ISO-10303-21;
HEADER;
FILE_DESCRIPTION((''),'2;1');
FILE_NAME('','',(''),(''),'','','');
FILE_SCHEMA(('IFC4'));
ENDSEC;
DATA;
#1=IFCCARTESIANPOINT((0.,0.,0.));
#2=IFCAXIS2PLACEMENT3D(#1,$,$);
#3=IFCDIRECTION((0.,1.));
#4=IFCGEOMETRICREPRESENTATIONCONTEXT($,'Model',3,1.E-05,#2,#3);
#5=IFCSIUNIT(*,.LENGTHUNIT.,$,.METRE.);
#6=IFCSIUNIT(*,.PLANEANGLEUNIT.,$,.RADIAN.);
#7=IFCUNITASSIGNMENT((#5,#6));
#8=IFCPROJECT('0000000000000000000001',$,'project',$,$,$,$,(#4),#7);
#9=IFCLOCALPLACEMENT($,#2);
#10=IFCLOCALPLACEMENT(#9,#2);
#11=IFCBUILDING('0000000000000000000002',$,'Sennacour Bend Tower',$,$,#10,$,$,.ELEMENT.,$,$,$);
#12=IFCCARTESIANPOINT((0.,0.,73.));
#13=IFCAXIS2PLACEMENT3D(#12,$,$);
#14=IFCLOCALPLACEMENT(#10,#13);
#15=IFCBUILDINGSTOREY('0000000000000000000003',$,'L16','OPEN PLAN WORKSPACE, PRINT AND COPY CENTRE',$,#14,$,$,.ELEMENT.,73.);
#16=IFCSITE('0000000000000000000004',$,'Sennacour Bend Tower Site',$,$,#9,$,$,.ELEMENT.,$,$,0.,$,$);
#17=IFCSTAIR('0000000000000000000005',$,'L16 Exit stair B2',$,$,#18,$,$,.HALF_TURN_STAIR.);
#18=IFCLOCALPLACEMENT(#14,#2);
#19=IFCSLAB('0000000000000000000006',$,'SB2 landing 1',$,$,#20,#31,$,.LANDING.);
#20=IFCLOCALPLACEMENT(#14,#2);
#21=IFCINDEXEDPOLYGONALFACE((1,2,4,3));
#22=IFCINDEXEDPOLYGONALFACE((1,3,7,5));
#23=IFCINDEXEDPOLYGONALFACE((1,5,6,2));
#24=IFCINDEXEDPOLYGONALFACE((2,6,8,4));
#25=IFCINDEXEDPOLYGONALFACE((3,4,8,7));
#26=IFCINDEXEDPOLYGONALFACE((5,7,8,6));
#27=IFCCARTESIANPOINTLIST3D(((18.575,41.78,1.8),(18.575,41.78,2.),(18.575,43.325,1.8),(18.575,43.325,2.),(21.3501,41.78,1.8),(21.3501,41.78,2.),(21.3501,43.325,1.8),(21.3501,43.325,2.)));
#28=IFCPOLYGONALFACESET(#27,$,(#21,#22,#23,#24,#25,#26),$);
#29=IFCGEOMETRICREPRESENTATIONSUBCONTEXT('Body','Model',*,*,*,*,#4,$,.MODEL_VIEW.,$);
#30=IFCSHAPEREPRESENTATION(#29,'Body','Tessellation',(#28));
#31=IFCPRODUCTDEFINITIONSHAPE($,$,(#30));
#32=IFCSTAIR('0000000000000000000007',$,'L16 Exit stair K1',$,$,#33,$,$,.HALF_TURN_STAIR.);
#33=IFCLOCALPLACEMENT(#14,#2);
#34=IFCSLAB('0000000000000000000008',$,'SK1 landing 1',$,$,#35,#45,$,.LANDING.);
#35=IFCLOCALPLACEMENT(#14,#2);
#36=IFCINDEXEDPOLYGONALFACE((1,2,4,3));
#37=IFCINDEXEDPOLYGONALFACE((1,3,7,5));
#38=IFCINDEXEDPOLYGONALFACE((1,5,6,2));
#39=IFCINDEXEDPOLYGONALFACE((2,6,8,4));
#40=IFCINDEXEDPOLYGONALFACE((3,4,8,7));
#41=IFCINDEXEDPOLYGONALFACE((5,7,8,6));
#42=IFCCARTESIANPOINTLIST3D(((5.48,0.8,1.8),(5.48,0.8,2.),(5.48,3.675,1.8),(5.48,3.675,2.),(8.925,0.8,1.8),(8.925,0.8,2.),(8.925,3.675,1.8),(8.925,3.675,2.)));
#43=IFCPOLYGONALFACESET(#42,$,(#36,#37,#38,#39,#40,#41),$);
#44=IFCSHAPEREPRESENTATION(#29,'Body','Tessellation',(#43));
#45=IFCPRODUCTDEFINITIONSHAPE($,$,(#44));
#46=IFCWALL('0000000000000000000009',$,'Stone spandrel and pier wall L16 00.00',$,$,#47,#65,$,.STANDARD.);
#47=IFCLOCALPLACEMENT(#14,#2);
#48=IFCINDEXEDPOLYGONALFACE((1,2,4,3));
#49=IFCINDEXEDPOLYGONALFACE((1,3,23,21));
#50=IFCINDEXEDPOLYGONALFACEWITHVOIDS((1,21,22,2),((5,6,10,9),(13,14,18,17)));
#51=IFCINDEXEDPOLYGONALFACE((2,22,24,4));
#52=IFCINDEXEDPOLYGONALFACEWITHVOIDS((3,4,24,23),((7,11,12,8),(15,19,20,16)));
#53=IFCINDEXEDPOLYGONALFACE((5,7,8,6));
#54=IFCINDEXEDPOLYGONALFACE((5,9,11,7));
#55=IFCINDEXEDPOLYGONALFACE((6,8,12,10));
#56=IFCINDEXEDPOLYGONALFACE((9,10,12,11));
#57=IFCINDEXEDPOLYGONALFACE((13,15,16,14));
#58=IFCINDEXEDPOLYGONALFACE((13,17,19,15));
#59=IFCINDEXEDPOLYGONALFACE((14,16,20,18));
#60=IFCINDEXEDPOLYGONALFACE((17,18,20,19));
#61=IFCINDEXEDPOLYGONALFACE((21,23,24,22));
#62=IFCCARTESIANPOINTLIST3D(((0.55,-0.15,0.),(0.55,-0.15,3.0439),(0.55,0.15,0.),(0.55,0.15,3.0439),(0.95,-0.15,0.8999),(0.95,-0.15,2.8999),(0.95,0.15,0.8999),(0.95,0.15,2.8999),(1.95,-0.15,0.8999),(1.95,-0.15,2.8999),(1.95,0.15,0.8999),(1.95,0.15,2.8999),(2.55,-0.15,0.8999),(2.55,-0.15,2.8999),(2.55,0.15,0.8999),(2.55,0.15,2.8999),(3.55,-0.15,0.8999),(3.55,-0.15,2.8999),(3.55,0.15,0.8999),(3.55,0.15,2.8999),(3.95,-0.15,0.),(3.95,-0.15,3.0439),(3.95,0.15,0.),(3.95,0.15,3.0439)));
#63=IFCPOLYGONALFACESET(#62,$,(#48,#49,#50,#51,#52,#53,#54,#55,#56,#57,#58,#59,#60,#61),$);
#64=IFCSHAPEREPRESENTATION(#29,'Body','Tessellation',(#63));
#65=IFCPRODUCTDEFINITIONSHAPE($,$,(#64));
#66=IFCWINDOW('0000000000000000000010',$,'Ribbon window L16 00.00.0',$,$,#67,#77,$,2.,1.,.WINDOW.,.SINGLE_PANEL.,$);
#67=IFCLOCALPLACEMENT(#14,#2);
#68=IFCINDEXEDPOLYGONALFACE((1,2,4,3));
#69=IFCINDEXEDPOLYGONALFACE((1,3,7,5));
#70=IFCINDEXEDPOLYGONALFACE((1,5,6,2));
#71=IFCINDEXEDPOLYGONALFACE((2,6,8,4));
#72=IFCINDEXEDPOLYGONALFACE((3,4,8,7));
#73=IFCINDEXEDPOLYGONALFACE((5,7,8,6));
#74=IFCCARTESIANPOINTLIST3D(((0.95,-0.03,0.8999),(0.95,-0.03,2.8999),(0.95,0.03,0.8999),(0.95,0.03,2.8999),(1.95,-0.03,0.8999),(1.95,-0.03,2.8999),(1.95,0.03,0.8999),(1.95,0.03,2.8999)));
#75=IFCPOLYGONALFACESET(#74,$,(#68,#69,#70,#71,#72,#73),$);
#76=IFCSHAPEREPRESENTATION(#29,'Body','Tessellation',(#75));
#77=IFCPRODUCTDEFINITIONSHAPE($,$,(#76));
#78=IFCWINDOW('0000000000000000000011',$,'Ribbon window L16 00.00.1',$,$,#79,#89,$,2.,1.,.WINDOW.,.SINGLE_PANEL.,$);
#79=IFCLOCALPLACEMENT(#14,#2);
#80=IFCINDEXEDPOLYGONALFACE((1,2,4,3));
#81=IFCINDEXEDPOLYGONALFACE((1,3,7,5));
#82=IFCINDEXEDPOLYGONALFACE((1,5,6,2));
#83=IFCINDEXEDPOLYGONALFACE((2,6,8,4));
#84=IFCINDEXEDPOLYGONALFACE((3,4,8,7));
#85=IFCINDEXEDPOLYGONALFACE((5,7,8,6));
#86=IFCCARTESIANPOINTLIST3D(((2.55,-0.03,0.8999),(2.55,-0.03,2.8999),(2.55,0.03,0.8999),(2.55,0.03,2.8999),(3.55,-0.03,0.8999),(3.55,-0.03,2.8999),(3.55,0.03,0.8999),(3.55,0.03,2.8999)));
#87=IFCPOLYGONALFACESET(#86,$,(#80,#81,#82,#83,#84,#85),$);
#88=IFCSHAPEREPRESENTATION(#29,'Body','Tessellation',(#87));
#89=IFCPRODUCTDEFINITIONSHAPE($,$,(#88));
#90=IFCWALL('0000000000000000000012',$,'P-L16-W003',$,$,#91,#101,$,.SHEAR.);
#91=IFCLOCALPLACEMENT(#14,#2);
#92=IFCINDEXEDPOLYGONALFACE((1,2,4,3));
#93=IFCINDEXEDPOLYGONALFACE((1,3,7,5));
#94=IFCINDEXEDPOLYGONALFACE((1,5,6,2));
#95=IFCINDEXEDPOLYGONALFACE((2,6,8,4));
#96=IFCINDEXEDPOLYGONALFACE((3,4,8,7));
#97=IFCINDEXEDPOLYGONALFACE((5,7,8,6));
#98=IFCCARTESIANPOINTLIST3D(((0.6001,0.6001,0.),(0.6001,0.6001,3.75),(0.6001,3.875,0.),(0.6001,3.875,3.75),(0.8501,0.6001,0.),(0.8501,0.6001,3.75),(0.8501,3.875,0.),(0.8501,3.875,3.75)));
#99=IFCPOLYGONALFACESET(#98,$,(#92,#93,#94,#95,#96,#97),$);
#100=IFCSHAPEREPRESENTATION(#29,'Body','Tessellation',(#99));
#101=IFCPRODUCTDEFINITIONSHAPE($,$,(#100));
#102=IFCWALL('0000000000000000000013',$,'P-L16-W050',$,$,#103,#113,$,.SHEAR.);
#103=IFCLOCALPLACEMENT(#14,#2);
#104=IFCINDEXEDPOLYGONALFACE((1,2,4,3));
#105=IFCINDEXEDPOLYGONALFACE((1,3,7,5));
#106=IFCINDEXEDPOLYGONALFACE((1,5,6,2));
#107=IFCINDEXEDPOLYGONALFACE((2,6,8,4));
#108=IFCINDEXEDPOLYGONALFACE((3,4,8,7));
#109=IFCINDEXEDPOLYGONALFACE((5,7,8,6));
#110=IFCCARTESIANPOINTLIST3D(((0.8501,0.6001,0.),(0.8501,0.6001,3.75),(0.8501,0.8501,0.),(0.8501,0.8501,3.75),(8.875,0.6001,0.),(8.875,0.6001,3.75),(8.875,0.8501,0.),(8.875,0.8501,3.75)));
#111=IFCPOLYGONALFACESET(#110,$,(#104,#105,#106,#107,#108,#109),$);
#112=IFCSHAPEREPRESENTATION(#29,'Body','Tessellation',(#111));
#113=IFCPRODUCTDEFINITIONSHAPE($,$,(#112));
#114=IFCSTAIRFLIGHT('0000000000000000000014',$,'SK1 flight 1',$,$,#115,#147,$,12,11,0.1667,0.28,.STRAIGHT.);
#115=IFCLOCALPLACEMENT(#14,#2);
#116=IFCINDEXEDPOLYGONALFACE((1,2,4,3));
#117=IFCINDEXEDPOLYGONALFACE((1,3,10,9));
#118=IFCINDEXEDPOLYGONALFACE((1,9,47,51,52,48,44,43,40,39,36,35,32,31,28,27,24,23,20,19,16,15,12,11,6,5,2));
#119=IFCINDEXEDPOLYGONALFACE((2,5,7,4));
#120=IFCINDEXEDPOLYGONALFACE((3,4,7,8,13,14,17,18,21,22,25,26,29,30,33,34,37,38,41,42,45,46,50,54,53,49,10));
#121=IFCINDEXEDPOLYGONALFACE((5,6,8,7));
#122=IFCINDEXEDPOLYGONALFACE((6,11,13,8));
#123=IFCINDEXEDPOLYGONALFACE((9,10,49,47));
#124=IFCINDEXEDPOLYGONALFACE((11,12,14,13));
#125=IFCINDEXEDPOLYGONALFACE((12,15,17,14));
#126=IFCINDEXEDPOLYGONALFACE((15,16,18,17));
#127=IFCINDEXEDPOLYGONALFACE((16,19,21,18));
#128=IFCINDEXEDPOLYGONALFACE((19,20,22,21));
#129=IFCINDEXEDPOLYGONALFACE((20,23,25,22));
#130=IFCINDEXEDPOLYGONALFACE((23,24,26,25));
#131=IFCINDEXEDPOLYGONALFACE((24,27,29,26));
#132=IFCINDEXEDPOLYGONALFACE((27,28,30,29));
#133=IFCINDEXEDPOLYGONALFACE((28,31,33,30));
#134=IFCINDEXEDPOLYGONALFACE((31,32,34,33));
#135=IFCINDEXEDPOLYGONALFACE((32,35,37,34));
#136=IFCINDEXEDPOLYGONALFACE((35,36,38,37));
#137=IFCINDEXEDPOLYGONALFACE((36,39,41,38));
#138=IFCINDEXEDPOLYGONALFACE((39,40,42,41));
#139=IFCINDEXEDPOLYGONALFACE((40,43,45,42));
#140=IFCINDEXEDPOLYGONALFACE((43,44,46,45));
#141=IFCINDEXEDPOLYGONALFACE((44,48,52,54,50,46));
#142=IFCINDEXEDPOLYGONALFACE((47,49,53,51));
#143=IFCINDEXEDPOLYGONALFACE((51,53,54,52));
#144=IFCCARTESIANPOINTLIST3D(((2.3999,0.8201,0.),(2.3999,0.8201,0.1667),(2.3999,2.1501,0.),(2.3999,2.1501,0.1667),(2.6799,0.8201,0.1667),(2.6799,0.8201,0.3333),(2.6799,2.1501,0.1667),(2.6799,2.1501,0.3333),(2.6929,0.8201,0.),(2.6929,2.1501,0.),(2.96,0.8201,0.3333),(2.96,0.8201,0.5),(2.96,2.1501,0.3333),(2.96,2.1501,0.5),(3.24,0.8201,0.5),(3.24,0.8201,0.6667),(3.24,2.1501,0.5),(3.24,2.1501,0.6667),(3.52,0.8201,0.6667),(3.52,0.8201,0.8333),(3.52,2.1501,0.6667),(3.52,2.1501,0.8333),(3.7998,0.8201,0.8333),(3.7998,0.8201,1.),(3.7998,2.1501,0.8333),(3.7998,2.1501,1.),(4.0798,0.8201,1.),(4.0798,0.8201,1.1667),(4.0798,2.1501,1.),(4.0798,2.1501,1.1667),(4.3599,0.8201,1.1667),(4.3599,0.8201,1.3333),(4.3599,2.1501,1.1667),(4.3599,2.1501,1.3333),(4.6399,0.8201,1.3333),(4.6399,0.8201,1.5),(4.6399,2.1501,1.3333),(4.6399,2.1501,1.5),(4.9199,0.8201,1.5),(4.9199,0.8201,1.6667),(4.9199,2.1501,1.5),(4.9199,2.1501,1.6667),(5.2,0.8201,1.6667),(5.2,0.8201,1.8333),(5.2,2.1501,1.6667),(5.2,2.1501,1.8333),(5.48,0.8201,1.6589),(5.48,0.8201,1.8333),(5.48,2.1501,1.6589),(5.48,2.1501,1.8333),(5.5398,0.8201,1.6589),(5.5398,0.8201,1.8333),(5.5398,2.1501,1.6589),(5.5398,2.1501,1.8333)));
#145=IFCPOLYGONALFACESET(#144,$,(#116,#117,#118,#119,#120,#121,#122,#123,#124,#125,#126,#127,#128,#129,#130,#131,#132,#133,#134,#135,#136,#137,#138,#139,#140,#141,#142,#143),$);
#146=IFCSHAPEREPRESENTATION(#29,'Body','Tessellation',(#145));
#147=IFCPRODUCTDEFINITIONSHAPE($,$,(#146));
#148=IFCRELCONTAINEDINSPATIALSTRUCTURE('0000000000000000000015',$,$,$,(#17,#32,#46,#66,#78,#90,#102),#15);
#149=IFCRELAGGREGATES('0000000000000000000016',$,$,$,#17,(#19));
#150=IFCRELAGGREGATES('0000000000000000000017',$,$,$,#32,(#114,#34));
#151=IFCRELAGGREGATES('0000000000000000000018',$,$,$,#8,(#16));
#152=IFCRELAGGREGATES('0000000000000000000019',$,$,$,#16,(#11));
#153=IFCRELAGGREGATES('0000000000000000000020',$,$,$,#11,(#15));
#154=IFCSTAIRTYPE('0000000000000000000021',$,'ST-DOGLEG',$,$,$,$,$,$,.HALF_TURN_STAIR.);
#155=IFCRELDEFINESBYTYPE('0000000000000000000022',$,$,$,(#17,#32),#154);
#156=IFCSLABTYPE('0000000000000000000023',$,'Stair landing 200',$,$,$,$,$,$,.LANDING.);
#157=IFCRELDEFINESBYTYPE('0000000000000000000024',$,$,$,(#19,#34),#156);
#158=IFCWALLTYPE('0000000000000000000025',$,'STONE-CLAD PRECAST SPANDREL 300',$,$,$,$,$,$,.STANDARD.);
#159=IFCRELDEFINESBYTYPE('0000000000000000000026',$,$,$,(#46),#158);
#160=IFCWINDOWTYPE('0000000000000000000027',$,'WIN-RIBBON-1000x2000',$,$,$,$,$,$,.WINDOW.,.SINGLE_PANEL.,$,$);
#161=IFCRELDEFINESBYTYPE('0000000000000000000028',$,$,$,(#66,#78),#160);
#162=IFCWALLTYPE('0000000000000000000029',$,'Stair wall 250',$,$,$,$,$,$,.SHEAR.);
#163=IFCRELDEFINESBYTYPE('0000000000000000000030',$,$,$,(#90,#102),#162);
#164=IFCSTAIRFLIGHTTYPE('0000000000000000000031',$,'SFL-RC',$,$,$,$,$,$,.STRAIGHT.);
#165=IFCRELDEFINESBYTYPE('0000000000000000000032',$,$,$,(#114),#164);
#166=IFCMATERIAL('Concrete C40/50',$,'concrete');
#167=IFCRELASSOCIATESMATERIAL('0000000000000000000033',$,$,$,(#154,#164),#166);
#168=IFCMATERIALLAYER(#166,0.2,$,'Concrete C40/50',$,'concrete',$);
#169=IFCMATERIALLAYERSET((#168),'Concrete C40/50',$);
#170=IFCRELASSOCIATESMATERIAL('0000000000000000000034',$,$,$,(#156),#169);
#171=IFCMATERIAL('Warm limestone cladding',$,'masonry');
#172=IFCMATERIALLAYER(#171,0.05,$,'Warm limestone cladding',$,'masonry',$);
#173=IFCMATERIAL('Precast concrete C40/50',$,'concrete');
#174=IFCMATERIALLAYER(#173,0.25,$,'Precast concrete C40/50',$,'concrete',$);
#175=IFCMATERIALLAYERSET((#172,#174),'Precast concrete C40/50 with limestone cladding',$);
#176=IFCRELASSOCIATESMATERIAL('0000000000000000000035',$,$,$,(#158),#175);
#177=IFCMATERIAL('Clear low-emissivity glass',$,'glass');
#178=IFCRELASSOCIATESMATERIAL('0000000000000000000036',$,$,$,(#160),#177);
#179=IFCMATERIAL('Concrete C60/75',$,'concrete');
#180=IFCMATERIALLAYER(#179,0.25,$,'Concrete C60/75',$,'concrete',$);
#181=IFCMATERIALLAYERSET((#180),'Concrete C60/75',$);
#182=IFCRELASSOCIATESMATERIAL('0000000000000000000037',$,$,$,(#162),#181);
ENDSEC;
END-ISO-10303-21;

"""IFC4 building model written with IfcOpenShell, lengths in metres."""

from ifc_helpers import new_model, si_unit, direction, frame, frame_2d, origin, place, context, subcontext, project, spatial, polyline, rectangle, outline, extrude, material, layer, layer_set, type_object, element, fill, aggregate, save


model = new_model("IFC4")

# Units and contexts
model_context = context("Model", 3, precision=1e-05, world=origin(), true_north=direction((0.0, 1.0)))
body_context = subcontext(model_context, "Body", "Model", "MODEL_VIEW")
ifc_project = project(units=[si_unit("LENGTHUNIT", "METRE"), si_unit("PLANEANGLEUNIT", "RADIAN")], contexts=[model_context])

# Site, building, storey
site_placement = place(None, origin())
site = spatial("IfcSite", under=ifc_project, at=site_placement, Name="Sennacour Bend Tower Site", CompositionType="ELEMENT", RefElevation=0.0)
building_placement = place(site_placement, origin())
building = spatial("IfcBuilding", under=site, at=building_placement, Name="Sennacour Bend Tower", CompositionType="ELEMENT")
storey_placement = place(building_placement, frame((0.0, 0.0, 73.0)))
storey = spatial("IfcBuildingStorey", under=building, at=storey_placement, Name="L16", Description="OPEN PLAN WORKSPACE, PRINT AND COPY CENTRE", CompositionType="ELEMENT", Elevation=73.0)

# Stairs, slabs
ifc_material_1 = material(Name="Concrete C40/50", Category="concrete")
stair_type = type_object("IfcStairType", Name="ST-DOGLEG", PredefinedType="HALF_TURN_STAIR", material=ifc_material_1)
ifc_layer_1 = layer(ifc_material_1, 0.2, Name="Concrete C40/50", Category="concrete")
ifc_layer_set_1 = layer_set([ifc_layer_1], Name="Concrete C40/50")
slab_type_1 = type_object("IfcSlabType", Name="Stair landing 200", PredefinedType="LANDING", material=ifc_layer_set_1)
stair_1_placement = place(storey_placement, origin())
stair_1 = element("IfcStair", 1, at=stair_1_placement, inside=storey, type_object=stair_type, Name="L16 Exit stair B2", PredefinedType="HALF_TURN_STAIR")
slab_1_placement = place(storey_placement, frame((0.0, 0.0, 1.8)))
slab_1 = element("IfcSlab", 2, at=slab_1_placement, type_object=slab_type_1, Name="SB2 landing 1", PredefinedType="LANDING", context=body_context, shape_type="SweptSolid", body=[
    extrude(outline(polyline([(18.575, 41.78), (21.3501, 41.78), (21.3501, 43.325), (18.575, 43.325), (18.575, 41.78)])), origin(), (0.0, 0.0, 1.0), 0.2),
])
aggregate(stair_1, [slab_1])
stair_2_placement = place(storey_placement, origin())
stair_2 = element("IfcStair", 3, at=stair_2_placement, inside=storey, type_object=stair_type, Name="L16 Exit stair K1", PredefinedType="HALF_TURN_STAIR")
slab_2_placement = place(storey_placement, frame((0.0, 0.0, 1.8)))
slab_2 = element("IfcSlab", 4, at=slab_2_placement, type_object=slab_type_1, Name="SK1 landing 1", PredefinedType="LANDING", context=body_context, shape_type="SweptSolid", body=[
    extrude(outline(polyline([(5.48, 0.8), (8.925, 0.8), (8.925, 3.675), (5.48, 3.675), (5.48, 0.8)])), origin(), (0.0, 0.0, 1.0), 0.2),
])

# Wall, openings, windows
ifc_material_2 = material(Name="Warm limestone cladding", Category="masonry")
ifc_layer_2 = layer(ifc_material_2, 0.05, Name="Warm limestone cladding", Category="masonry")
ifc_material_3 = material(Name="Precast concrete C40/50", Category="concrete")
ifc_layer_3 = layer(ifc_material_3, 0.25, Name="Precast concrete C40/50", Category="concrete")
ifc_layer_set_2 = layer_set([ifc_layer_2, ifc_layer_3], Name="Precast concrete C40/50 with limestone cladding")
wall_type_1 = type_object("IfcWallType", Name="STONE-CLAD PRECAST SPANDREL 300", PredefinedType="STANDARD", material=ifc_layer_set_2)
wall_1_placement = place(storey_placement, frame((0.55, 0.0, 0.0), z_axis=(0.0, 0.0, 1.0), x_axis=(1.0, 0.0, 0.0)))
wall_1 = element("IfcWall", 5, at=wall_1_placement, inside=storey, type_object=wall_type_1, Name="Stone spandrel and pier wall L16 00.00", PredefinedType="STANDARD", context=body_context, shape_type="SweptSolid", body=[
    extrude(rectangle(XDim=3.3999, YDim=0.3, at=frame_2d((1.7, 0.0))), origin(), (0.0, 0.0, 1.0), 3.0439),
])
opening_1_placement = place(wall_1_placement, frame((0.3999, 0.0, 0.8999)))
opening_1 = element("IfcOpeningElement", 6, at=opening_1_placement, cuts=wall_1, PredefinedType="OPENING", context=body_context, shape_type="SweptSolid", body=[
    extrude(rectangle(XDim=1.0, YDim=2.0, at=frame_2d((0.5, 1.0))), frame((0.0, 0.1602, 0.0), z_axis=(0.0, -1.0, 0.0), x_axis=(1.0, 0.0, 0.0)), (0.0, 0.0, 1.0), 0.3201),
])
opening_2_placement = place(wall_1_placement, frame((2.0, 0.0, 0.8999)))
opening_2 = element("IfcOpeningElement", 7, at=opening_2_placement, cuts=wall_1, PredefinedType="OPENING", context=body_context, shape_type="SweptSolid", body=[
    extrude(rectangle(XDim=1.0, YDim=2.0, at=frame_2d((0.5, 1.0))), frame((0.0, 0.1602, 0.0), z_axis=(0.0, -1.0, 0.0), x_axis=(1.0, 0.0, 0.0)), (0.0, 0.0, 1.0), 0.3201),
])
ifc_material_4 = material(Name="Clear low-emissivity glass", Category="glass")
window_type = type_object("IfcWindowType", Name="WIN-RIBBON-1000x2000", PartitioningType="SINGLE_PANEL", PredefinedType="WINDOW", material=ifc_material_4)
window_1_placement = place(opening_1_placement, origin())
window_1 = element("IfcWindow", 8, at=window_1_placement, inside=storey, type_object=window_type, Name="Ribbon window L16 00.00.0", OverallHeight=2.0, OverallWidth=1.0, PartitioningType="SINGLE_PANEL", PredefinedType="WINDOW", context=body_context, shape_type="SweptSolid", body=[
    extrude(rectangle(XDim=1.0, YDim=2.0, at=frame_2d((0.5, 1.0))), frame((0.0, 0.03, 0.0), z_axis=(0.0, -1.0, 0.0), x_axis=(1.0, 0.0, 0.0)), (0.0, 0.0, 1.0), 0.0601),
])
fill(opening_1, window_1)
window_2_placement = place(opening_2_placement, origin())
window_2 = element("IfcWindow", 9, at=window_2_placement, inside=storey, type_object=window_type, Name="Ribbon window L16 00.00.1", OverallHeight=2.0, OverallWidth=1.0, PartitioningType="SINGLE_PANEL", PredefinedType="WINDOW", context=body_context, shape_type="SweptSolid", body=[
    extrude(rectangle(XDim=1.0, YDim=2.0, at=frame_2d((0.5, 1.0))), frame((0.0, 0.03, 0.0), z_axis=(0.0, -1.0, 0.0), x_axis=(1.0, 0.0, 0.0)), (0.0, 0.0, 1.0), 0.0601),
])
fill(opening_2, window_2)

# Walls
ifc_material_5 = material(Name="Concrete C60/75", Category="concrete")
ifc_layer_4 = layer(ifc_material_5, 0.25, Name="Concrete C60/75", Category="concrete")
ifc_layer_set_3 = layer_set([ifc_layer_4], Name="Concrete C60/75")
wall_type_2 = type_object("IfcWallType", Name="Stair wall 250", PredefinedType="SHEAR", material=ifc_layer_set_3)
wall_2_placement = place(storey_placement, frame((0.7251, 0.6001, 0.0), z_axis=(0.0, 0.0, 1.0), x_axis=(0.0, 1.0, 0.0)))
element("IfcWall", 10, at=wall_2_placement, inside=storey, type_object=wall_type_2, Name="P-L16-W003", PredefinedType="SHEAR", context=body_context, shape_type="SweptSolid", body=[
    extrude(rectangle(XDim=3.2749, YDim=0.25, at=frame_2d((1.6375, 0.0))), origin(), (0.0, 0.0, 1.0), 3.75),
])
wall_3_placement = place(storey_placement, frame((0.8501, 0.7251, 0.0), z_axis=(0.0, 0.0, 1.0), x_axis=(1.0, 0.0, 0.0)))
element("IfcWall", 11, at=wall_3_placement, inside=storey, type_object=wall_type_2, Name="P-L16-W050", PredefinedType="SHEAR", context=body_context, shape_type="SweptSolid", body=[
    extrude(rectangle(XDim=8.0249, YDim=0.25, at=frame_2d((4.0125, 0.0))), origin(), (0.0, 0.0, 1.0), 3.75),
])

# Stair flight
stair_flight_type = type_object("IfcStairFlightType", Name="SFL-RC", PredefinedType="STRAIGHT", material=ifc_material_1)
stair_flight_placement = place(storey_placement, frame((2.3999, 1.4851, 0.0), z_axis=(0.0, 0.0, 1.0), x_axis=(1.0, 0.0, 0.0)))
stair_flight = element("IfcStairFlight", 12, at=stair_flight_placement, type_object=stair_flight_type, Name="SK1 flight 1", NumberOfRisers=12, NumberOfTreads=11, PredefinedType="STRAIGHT", RiserHeight=0.1667, TreadLength=0.28, context=body_context, shape_type="SweptSolid", body=[
    extrude(outline(polyline([(0.0, 0.0), (0.0, 0.1667), (0.28, 0.1667), (0.28, 0.3333), (0.5601, 0.3333), (0.5601, 0.5), (0.8401, 0.5), (0.8401, 0.6667), (1.1201, 0.6667), (1.1201, 0.8333), (1.3999, 0.8333), (1.3999, 1.0), (1.6799, 1.0), (1.6799, 1.1667), (1.96, 1.1667), (1.96, 1.3333), (2.24, 1.3333), (2.24, 1.5), (2.52, 1.5), (2.52, 1.6667), (2.8, 1.6667), (2.8, 1.8333), (3.0801, 1.8333), (3.1399, 1.8333), (3.1399, 1.6589), (3.0801, 1.6589), (0.293, 0.0), (0.0, 0.0)])), frame((0.0, 0.665, 0.0), z_axis=(0.0, -1.0, 0.0), x_axis=(1.0, 0.0, 0.0)), (0.0, 0.0, 1.0), 1.3301),
])
aggregate(stair_2, [stair_flight, slab_2])

save(model, "model.ifc")
